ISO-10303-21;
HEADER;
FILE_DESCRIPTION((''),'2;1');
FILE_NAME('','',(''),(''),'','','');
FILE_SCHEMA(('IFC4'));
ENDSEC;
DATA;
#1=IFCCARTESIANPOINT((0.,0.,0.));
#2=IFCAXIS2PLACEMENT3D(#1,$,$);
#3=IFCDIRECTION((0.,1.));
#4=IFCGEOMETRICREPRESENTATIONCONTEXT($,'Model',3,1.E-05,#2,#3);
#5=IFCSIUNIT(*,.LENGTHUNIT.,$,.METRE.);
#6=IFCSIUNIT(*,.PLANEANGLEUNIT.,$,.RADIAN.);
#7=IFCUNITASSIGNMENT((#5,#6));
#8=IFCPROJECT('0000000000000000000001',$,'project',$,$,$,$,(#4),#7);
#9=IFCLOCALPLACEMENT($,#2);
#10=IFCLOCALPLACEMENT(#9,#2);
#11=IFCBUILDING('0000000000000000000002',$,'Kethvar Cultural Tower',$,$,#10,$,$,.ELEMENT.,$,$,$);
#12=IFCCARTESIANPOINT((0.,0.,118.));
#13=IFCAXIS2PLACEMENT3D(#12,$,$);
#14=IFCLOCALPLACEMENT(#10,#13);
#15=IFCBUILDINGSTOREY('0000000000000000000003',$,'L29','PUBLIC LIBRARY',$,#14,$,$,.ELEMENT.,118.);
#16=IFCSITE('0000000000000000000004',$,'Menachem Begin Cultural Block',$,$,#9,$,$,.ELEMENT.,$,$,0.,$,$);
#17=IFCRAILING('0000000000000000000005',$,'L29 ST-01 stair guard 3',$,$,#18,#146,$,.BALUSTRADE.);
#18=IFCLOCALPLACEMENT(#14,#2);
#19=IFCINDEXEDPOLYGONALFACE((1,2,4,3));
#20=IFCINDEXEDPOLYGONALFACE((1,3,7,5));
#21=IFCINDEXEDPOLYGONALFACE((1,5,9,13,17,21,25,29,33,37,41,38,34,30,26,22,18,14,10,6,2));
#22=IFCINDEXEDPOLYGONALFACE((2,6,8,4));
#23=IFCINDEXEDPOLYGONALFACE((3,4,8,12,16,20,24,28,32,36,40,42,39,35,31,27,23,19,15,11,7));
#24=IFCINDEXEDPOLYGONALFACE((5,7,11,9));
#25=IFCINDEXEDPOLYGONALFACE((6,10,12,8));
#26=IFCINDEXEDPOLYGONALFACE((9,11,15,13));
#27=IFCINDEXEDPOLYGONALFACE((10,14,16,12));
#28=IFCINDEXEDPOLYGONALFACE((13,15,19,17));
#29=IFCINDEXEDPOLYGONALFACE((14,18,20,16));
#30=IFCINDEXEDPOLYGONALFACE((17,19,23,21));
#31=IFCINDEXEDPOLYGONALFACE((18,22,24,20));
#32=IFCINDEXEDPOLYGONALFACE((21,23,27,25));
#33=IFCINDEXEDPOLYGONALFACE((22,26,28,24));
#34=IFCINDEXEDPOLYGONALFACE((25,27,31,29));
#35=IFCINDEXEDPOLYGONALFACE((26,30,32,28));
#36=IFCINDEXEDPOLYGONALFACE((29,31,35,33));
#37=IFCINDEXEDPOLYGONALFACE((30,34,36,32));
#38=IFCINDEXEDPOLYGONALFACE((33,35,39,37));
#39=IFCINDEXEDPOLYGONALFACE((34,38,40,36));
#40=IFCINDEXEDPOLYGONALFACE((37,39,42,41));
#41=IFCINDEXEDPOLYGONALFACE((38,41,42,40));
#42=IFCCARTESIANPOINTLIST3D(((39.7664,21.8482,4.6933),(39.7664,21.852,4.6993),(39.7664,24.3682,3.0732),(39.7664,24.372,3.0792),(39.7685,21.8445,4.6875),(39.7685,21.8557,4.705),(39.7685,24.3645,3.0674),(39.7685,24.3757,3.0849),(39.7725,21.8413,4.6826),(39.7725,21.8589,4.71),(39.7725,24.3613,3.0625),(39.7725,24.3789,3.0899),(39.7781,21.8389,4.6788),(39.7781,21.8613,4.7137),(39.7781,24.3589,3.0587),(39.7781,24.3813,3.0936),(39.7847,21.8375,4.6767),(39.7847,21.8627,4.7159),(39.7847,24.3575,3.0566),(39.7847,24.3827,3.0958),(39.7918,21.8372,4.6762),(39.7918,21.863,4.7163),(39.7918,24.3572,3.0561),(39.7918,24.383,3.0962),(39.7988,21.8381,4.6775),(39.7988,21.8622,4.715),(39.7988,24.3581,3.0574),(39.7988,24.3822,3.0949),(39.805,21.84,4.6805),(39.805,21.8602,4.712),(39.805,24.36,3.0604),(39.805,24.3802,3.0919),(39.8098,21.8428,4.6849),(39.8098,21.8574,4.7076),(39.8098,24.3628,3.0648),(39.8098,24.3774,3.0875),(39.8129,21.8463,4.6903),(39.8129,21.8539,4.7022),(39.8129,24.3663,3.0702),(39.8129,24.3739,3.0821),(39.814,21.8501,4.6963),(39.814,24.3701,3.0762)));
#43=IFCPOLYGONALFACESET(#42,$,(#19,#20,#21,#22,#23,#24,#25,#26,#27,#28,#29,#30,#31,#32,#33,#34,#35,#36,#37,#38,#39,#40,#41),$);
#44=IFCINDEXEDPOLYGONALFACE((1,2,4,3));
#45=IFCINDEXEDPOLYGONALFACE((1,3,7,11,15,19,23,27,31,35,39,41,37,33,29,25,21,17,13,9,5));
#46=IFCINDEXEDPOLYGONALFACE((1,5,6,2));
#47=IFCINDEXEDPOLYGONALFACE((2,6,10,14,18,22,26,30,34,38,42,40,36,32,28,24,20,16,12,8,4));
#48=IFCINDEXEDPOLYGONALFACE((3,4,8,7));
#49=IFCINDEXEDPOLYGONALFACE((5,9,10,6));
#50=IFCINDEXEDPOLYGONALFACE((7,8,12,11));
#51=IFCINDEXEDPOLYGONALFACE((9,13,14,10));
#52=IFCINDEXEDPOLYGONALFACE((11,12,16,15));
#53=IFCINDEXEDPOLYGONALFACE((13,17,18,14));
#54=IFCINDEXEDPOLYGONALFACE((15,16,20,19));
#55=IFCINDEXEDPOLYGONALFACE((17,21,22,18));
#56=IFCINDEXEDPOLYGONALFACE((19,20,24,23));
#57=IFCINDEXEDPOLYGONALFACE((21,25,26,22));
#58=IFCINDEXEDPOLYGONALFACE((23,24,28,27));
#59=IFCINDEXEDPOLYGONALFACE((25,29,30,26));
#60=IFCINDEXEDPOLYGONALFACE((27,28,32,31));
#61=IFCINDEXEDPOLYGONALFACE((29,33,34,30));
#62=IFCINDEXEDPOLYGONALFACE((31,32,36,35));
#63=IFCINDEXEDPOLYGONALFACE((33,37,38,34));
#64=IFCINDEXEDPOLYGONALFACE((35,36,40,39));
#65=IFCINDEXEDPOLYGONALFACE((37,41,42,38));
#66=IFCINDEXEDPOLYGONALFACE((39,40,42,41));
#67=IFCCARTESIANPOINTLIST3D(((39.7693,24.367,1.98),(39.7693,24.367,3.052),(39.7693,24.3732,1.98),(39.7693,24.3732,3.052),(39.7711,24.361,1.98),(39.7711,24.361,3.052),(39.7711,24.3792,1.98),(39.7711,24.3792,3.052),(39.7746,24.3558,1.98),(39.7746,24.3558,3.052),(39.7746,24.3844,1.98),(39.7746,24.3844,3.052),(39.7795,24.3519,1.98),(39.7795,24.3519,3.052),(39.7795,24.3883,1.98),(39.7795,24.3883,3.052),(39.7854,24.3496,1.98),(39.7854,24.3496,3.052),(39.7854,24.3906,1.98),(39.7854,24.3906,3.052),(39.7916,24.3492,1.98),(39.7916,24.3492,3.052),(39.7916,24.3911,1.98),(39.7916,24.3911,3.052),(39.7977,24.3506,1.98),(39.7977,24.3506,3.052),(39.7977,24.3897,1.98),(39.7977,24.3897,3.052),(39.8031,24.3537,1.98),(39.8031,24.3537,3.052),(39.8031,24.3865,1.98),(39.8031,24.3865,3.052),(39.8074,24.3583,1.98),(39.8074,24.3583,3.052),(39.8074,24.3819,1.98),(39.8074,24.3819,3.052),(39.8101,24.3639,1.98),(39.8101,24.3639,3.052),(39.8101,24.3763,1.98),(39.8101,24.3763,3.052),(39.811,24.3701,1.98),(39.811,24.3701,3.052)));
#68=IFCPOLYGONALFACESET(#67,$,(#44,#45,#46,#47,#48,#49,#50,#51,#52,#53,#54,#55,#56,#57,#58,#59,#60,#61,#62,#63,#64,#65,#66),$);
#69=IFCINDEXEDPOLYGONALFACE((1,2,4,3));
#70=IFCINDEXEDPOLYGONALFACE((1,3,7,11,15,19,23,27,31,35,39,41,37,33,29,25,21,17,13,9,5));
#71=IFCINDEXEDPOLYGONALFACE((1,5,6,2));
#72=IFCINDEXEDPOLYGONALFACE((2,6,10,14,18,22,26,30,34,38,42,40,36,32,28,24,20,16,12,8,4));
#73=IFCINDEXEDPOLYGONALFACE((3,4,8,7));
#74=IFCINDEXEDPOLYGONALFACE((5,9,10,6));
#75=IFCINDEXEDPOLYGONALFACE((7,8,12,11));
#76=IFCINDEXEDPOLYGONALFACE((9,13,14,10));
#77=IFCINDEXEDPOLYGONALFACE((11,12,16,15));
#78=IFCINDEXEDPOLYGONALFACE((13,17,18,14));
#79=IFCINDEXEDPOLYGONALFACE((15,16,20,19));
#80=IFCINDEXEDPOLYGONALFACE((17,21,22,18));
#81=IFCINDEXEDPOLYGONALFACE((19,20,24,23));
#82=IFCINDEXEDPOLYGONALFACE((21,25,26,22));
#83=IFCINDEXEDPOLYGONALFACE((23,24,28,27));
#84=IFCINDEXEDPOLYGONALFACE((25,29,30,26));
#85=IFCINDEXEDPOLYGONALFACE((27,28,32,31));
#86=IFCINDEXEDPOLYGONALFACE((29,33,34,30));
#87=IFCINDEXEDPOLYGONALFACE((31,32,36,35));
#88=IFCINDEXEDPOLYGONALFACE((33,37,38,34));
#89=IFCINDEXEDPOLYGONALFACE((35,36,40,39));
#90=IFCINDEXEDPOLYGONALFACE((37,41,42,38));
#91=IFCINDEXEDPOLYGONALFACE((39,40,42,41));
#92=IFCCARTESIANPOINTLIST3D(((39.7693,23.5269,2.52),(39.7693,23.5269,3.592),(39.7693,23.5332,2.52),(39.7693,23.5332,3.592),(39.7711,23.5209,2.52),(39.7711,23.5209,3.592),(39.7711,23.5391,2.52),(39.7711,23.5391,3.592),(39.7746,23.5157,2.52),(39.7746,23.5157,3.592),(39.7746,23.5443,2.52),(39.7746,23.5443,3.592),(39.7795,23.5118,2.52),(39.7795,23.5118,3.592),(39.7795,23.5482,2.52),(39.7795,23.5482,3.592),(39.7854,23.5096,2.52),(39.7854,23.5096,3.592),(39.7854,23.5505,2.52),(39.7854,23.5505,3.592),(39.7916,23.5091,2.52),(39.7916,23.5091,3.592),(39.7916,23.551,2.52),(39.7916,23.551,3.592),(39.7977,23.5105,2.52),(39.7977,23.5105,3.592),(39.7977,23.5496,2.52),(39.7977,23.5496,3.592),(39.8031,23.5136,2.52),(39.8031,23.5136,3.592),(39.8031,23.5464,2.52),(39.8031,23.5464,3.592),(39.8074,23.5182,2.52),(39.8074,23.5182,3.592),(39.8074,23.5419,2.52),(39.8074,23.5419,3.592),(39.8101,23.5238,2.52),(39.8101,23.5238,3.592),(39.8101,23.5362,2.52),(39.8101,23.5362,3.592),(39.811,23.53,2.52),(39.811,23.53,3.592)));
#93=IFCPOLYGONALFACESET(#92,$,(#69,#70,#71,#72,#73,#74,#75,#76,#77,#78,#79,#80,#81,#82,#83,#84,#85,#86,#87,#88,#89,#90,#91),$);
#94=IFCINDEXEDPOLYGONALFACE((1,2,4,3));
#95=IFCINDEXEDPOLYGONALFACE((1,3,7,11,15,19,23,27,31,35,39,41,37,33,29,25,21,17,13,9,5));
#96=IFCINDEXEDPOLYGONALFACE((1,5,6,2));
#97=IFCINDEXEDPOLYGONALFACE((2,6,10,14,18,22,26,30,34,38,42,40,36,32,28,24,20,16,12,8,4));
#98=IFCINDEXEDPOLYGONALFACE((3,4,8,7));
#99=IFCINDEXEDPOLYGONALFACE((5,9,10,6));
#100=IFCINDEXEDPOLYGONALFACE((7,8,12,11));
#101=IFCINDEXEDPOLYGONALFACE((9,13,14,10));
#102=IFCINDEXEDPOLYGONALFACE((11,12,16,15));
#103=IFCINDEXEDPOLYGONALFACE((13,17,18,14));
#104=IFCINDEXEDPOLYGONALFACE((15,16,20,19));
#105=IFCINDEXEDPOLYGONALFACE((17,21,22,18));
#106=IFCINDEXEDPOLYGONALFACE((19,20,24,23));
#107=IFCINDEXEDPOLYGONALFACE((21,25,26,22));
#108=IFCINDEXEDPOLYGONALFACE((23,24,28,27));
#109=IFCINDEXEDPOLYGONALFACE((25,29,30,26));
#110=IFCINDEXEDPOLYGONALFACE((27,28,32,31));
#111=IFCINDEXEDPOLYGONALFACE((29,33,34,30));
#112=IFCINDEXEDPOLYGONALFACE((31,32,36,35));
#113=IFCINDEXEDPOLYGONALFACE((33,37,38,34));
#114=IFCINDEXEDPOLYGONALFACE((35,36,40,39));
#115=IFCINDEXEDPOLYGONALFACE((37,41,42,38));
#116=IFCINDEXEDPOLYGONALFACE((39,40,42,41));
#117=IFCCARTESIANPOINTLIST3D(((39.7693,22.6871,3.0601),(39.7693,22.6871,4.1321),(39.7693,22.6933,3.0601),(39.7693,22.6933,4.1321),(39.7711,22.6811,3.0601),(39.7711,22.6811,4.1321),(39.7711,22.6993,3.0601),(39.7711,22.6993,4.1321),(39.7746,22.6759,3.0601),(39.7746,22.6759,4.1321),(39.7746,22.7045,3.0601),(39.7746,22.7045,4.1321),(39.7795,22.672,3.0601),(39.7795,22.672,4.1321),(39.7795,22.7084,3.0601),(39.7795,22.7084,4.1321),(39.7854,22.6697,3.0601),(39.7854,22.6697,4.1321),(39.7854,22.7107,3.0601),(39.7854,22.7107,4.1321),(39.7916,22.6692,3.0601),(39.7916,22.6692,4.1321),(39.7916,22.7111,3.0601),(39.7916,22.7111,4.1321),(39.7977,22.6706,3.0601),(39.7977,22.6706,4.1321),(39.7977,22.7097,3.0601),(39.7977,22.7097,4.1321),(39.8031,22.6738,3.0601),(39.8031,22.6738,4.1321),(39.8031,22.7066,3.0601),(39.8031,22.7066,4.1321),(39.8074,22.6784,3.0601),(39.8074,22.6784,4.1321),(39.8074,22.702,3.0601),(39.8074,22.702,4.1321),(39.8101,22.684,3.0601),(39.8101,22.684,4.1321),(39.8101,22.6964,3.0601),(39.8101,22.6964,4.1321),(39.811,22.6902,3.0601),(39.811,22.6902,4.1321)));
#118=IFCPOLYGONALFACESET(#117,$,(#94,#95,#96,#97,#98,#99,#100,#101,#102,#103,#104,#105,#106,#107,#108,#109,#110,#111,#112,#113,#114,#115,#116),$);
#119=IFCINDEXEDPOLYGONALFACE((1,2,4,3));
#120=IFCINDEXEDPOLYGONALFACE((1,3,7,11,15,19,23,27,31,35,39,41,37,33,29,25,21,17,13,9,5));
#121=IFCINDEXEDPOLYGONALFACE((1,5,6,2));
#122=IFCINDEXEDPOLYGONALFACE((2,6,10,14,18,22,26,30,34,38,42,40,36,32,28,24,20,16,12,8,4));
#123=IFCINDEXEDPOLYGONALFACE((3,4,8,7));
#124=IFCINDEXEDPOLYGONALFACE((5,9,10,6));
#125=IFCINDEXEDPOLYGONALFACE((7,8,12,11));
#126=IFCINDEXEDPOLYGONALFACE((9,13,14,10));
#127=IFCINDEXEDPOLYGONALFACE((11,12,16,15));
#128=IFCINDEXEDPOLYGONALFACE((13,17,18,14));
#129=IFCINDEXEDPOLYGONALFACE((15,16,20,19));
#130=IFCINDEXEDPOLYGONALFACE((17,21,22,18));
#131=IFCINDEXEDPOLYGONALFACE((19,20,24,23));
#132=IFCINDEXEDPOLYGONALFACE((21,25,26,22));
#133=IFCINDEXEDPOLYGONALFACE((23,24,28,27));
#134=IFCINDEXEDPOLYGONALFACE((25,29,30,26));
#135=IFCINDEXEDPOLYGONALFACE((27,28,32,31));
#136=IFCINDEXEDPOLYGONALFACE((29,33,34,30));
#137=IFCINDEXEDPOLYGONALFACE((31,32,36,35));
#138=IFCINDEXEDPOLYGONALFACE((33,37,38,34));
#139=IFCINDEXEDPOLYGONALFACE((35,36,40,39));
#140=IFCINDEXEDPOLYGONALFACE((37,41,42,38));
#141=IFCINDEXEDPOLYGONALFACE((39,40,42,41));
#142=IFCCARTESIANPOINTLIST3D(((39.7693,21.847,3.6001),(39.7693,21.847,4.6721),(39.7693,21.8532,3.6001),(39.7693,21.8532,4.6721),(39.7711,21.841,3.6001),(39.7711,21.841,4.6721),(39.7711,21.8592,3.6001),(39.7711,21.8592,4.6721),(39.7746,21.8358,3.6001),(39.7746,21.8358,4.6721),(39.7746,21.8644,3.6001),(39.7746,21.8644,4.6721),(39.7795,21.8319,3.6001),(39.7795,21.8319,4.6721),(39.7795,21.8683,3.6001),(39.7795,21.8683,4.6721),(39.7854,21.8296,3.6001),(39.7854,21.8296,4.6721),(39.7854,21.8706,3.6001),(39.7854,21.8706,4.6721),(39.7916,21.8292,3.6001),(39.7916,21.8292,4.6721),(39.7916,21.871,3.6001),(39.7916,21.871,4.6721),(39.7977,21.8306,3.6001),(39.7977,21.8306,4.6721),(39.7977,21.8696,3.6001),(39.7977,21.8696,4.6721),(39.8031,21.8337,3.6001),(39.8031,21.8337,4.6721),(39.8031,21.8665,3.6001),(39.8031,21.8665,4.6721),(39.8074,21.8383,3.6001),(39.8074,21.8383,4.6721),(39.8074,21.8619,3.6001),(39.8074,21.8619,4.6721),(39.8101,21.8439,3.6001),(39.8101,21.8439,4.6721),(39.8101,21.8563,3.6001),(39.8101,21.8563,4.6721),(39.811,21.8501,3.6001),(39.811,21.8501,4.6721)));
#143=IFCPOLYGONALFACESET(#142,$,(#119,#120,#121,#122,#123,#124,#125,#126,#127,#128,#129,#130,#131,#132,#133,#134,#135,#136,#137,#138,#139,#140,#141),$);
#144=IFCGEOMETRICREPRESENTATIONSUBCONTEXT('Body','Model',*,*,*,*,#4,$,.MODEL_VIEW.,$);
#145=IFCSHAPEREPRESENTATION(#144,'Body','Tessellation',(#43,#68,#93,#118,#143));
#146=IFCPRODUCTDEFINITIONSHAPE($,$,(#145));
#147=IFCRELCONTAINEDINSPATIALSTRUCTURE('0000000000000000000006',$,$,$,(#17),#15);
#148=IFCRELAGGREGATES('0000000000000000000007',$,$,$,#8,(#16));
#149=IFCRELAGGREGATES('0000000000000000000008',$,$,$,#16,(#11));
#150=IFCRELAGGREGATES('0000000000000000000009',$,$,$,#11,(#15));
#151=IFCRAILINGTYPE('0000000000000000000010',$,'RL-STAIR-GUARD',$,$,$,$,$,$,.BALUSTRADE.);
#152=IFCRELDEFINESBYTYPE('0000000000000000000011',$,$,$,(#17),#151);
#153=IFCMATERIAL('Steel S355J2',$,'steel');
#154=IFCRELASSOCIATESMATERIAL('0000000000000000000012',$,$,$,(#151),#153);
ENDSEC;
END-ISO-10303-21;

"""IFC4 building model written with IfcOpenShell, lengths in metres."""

from ifc_helpers import new_model, si_unit, direction, frame, origin, origin_2d, place, context, subcontext, project, spatial, circle, extrude, material, type_object, element, save


model = new_model("IFC4")

# Units and contexts
model_context = context("Model", 3, precision=1e-05, world=origin(), true_north=direction((0.0, 1.0)))
body_context = subcontext(model_context, "Body", "Model", "MODEL_VIEW")
ifc_project = project(units=[si_unit("LENGTHUNIT", "METRE"), si_unit("PLANEANGLEUNIT", "RADIAN")], contexts=[model_context])

# Site, building, storey
site_placement = place(None, origin())
site = spatial("IfcSite", under=ifc_project, at=site_placement, Name="Menachem Begin Cultural Block", CompositionType="ELEMENT", RefElevation=0.0)
building_placement = place(site_placement, origin())
building = spatial("IfcBuilding", under=site, at=building_placement, Name="Kethvar Cultural Tower", CompositionType="ELEMENT")
storey_placement = place(building_placement, frame((0.0, 0.0, 118.0)))
storey = spatial("IfcBuildingStorey", under=building, at=storey_placement, Name="L29", Description="PUBLIC LIBRARY", CompositionType="ELEMENT", Elevation=118.0)

# Shared definitions
ifc_material_1 = material(Name="Steel S355J2", Category="steel")

# Railing
railing_type_1 = type_object("IfcRailingType", Name="RL-STAIR-GUARD", PredefinedType="BALUSTRADE", material=ifc_material_1)
railing_1_placement = place(storey_placement, frame((39.79, 24.3701, 1.98)))
element("IfcRailing", 1, at=railing_1_placement, inside=storey, type_object=railing_type_1, Name="L29 ST-01 stair guard 3", PredefinedType="BALUSTRADE", context=body_context, shape_type="SweptSolid", body=[
    extrude(circle(Radius=0.0239, at=origin_2d()), frame((0.0, 0.0, 1.0962), z_axis=(0.0, -0.841163, 0.540782), x_axis=(1.0, 0.0, 0.0)), (0.0, 0.0, 1.0), 2.9958),
    extrude(circle(Radius=0.021, at=origin_2d()), origin(), (0.0, 0.0, 1.0), 1.072),
    extrude(circle(Radius=0.021, at=origin_2d()), frame((0.0, -0.8401, 0.54)), (0.0, 0.0, 1.0), 1.072),
    extrude(circle(Radius=0.021, at=origin_2d()), frame((0.0, -1.6799, 1.0801)), (0.0, 0.0, 1.0), 1.072),
    extrude(circle(Radius=0.021, at=origin_2d()), frame((0.0, -2.52, 1.6201)), (0.0, 0.0, 1.0), 1.072),
])

save(model, "model.ifc")
